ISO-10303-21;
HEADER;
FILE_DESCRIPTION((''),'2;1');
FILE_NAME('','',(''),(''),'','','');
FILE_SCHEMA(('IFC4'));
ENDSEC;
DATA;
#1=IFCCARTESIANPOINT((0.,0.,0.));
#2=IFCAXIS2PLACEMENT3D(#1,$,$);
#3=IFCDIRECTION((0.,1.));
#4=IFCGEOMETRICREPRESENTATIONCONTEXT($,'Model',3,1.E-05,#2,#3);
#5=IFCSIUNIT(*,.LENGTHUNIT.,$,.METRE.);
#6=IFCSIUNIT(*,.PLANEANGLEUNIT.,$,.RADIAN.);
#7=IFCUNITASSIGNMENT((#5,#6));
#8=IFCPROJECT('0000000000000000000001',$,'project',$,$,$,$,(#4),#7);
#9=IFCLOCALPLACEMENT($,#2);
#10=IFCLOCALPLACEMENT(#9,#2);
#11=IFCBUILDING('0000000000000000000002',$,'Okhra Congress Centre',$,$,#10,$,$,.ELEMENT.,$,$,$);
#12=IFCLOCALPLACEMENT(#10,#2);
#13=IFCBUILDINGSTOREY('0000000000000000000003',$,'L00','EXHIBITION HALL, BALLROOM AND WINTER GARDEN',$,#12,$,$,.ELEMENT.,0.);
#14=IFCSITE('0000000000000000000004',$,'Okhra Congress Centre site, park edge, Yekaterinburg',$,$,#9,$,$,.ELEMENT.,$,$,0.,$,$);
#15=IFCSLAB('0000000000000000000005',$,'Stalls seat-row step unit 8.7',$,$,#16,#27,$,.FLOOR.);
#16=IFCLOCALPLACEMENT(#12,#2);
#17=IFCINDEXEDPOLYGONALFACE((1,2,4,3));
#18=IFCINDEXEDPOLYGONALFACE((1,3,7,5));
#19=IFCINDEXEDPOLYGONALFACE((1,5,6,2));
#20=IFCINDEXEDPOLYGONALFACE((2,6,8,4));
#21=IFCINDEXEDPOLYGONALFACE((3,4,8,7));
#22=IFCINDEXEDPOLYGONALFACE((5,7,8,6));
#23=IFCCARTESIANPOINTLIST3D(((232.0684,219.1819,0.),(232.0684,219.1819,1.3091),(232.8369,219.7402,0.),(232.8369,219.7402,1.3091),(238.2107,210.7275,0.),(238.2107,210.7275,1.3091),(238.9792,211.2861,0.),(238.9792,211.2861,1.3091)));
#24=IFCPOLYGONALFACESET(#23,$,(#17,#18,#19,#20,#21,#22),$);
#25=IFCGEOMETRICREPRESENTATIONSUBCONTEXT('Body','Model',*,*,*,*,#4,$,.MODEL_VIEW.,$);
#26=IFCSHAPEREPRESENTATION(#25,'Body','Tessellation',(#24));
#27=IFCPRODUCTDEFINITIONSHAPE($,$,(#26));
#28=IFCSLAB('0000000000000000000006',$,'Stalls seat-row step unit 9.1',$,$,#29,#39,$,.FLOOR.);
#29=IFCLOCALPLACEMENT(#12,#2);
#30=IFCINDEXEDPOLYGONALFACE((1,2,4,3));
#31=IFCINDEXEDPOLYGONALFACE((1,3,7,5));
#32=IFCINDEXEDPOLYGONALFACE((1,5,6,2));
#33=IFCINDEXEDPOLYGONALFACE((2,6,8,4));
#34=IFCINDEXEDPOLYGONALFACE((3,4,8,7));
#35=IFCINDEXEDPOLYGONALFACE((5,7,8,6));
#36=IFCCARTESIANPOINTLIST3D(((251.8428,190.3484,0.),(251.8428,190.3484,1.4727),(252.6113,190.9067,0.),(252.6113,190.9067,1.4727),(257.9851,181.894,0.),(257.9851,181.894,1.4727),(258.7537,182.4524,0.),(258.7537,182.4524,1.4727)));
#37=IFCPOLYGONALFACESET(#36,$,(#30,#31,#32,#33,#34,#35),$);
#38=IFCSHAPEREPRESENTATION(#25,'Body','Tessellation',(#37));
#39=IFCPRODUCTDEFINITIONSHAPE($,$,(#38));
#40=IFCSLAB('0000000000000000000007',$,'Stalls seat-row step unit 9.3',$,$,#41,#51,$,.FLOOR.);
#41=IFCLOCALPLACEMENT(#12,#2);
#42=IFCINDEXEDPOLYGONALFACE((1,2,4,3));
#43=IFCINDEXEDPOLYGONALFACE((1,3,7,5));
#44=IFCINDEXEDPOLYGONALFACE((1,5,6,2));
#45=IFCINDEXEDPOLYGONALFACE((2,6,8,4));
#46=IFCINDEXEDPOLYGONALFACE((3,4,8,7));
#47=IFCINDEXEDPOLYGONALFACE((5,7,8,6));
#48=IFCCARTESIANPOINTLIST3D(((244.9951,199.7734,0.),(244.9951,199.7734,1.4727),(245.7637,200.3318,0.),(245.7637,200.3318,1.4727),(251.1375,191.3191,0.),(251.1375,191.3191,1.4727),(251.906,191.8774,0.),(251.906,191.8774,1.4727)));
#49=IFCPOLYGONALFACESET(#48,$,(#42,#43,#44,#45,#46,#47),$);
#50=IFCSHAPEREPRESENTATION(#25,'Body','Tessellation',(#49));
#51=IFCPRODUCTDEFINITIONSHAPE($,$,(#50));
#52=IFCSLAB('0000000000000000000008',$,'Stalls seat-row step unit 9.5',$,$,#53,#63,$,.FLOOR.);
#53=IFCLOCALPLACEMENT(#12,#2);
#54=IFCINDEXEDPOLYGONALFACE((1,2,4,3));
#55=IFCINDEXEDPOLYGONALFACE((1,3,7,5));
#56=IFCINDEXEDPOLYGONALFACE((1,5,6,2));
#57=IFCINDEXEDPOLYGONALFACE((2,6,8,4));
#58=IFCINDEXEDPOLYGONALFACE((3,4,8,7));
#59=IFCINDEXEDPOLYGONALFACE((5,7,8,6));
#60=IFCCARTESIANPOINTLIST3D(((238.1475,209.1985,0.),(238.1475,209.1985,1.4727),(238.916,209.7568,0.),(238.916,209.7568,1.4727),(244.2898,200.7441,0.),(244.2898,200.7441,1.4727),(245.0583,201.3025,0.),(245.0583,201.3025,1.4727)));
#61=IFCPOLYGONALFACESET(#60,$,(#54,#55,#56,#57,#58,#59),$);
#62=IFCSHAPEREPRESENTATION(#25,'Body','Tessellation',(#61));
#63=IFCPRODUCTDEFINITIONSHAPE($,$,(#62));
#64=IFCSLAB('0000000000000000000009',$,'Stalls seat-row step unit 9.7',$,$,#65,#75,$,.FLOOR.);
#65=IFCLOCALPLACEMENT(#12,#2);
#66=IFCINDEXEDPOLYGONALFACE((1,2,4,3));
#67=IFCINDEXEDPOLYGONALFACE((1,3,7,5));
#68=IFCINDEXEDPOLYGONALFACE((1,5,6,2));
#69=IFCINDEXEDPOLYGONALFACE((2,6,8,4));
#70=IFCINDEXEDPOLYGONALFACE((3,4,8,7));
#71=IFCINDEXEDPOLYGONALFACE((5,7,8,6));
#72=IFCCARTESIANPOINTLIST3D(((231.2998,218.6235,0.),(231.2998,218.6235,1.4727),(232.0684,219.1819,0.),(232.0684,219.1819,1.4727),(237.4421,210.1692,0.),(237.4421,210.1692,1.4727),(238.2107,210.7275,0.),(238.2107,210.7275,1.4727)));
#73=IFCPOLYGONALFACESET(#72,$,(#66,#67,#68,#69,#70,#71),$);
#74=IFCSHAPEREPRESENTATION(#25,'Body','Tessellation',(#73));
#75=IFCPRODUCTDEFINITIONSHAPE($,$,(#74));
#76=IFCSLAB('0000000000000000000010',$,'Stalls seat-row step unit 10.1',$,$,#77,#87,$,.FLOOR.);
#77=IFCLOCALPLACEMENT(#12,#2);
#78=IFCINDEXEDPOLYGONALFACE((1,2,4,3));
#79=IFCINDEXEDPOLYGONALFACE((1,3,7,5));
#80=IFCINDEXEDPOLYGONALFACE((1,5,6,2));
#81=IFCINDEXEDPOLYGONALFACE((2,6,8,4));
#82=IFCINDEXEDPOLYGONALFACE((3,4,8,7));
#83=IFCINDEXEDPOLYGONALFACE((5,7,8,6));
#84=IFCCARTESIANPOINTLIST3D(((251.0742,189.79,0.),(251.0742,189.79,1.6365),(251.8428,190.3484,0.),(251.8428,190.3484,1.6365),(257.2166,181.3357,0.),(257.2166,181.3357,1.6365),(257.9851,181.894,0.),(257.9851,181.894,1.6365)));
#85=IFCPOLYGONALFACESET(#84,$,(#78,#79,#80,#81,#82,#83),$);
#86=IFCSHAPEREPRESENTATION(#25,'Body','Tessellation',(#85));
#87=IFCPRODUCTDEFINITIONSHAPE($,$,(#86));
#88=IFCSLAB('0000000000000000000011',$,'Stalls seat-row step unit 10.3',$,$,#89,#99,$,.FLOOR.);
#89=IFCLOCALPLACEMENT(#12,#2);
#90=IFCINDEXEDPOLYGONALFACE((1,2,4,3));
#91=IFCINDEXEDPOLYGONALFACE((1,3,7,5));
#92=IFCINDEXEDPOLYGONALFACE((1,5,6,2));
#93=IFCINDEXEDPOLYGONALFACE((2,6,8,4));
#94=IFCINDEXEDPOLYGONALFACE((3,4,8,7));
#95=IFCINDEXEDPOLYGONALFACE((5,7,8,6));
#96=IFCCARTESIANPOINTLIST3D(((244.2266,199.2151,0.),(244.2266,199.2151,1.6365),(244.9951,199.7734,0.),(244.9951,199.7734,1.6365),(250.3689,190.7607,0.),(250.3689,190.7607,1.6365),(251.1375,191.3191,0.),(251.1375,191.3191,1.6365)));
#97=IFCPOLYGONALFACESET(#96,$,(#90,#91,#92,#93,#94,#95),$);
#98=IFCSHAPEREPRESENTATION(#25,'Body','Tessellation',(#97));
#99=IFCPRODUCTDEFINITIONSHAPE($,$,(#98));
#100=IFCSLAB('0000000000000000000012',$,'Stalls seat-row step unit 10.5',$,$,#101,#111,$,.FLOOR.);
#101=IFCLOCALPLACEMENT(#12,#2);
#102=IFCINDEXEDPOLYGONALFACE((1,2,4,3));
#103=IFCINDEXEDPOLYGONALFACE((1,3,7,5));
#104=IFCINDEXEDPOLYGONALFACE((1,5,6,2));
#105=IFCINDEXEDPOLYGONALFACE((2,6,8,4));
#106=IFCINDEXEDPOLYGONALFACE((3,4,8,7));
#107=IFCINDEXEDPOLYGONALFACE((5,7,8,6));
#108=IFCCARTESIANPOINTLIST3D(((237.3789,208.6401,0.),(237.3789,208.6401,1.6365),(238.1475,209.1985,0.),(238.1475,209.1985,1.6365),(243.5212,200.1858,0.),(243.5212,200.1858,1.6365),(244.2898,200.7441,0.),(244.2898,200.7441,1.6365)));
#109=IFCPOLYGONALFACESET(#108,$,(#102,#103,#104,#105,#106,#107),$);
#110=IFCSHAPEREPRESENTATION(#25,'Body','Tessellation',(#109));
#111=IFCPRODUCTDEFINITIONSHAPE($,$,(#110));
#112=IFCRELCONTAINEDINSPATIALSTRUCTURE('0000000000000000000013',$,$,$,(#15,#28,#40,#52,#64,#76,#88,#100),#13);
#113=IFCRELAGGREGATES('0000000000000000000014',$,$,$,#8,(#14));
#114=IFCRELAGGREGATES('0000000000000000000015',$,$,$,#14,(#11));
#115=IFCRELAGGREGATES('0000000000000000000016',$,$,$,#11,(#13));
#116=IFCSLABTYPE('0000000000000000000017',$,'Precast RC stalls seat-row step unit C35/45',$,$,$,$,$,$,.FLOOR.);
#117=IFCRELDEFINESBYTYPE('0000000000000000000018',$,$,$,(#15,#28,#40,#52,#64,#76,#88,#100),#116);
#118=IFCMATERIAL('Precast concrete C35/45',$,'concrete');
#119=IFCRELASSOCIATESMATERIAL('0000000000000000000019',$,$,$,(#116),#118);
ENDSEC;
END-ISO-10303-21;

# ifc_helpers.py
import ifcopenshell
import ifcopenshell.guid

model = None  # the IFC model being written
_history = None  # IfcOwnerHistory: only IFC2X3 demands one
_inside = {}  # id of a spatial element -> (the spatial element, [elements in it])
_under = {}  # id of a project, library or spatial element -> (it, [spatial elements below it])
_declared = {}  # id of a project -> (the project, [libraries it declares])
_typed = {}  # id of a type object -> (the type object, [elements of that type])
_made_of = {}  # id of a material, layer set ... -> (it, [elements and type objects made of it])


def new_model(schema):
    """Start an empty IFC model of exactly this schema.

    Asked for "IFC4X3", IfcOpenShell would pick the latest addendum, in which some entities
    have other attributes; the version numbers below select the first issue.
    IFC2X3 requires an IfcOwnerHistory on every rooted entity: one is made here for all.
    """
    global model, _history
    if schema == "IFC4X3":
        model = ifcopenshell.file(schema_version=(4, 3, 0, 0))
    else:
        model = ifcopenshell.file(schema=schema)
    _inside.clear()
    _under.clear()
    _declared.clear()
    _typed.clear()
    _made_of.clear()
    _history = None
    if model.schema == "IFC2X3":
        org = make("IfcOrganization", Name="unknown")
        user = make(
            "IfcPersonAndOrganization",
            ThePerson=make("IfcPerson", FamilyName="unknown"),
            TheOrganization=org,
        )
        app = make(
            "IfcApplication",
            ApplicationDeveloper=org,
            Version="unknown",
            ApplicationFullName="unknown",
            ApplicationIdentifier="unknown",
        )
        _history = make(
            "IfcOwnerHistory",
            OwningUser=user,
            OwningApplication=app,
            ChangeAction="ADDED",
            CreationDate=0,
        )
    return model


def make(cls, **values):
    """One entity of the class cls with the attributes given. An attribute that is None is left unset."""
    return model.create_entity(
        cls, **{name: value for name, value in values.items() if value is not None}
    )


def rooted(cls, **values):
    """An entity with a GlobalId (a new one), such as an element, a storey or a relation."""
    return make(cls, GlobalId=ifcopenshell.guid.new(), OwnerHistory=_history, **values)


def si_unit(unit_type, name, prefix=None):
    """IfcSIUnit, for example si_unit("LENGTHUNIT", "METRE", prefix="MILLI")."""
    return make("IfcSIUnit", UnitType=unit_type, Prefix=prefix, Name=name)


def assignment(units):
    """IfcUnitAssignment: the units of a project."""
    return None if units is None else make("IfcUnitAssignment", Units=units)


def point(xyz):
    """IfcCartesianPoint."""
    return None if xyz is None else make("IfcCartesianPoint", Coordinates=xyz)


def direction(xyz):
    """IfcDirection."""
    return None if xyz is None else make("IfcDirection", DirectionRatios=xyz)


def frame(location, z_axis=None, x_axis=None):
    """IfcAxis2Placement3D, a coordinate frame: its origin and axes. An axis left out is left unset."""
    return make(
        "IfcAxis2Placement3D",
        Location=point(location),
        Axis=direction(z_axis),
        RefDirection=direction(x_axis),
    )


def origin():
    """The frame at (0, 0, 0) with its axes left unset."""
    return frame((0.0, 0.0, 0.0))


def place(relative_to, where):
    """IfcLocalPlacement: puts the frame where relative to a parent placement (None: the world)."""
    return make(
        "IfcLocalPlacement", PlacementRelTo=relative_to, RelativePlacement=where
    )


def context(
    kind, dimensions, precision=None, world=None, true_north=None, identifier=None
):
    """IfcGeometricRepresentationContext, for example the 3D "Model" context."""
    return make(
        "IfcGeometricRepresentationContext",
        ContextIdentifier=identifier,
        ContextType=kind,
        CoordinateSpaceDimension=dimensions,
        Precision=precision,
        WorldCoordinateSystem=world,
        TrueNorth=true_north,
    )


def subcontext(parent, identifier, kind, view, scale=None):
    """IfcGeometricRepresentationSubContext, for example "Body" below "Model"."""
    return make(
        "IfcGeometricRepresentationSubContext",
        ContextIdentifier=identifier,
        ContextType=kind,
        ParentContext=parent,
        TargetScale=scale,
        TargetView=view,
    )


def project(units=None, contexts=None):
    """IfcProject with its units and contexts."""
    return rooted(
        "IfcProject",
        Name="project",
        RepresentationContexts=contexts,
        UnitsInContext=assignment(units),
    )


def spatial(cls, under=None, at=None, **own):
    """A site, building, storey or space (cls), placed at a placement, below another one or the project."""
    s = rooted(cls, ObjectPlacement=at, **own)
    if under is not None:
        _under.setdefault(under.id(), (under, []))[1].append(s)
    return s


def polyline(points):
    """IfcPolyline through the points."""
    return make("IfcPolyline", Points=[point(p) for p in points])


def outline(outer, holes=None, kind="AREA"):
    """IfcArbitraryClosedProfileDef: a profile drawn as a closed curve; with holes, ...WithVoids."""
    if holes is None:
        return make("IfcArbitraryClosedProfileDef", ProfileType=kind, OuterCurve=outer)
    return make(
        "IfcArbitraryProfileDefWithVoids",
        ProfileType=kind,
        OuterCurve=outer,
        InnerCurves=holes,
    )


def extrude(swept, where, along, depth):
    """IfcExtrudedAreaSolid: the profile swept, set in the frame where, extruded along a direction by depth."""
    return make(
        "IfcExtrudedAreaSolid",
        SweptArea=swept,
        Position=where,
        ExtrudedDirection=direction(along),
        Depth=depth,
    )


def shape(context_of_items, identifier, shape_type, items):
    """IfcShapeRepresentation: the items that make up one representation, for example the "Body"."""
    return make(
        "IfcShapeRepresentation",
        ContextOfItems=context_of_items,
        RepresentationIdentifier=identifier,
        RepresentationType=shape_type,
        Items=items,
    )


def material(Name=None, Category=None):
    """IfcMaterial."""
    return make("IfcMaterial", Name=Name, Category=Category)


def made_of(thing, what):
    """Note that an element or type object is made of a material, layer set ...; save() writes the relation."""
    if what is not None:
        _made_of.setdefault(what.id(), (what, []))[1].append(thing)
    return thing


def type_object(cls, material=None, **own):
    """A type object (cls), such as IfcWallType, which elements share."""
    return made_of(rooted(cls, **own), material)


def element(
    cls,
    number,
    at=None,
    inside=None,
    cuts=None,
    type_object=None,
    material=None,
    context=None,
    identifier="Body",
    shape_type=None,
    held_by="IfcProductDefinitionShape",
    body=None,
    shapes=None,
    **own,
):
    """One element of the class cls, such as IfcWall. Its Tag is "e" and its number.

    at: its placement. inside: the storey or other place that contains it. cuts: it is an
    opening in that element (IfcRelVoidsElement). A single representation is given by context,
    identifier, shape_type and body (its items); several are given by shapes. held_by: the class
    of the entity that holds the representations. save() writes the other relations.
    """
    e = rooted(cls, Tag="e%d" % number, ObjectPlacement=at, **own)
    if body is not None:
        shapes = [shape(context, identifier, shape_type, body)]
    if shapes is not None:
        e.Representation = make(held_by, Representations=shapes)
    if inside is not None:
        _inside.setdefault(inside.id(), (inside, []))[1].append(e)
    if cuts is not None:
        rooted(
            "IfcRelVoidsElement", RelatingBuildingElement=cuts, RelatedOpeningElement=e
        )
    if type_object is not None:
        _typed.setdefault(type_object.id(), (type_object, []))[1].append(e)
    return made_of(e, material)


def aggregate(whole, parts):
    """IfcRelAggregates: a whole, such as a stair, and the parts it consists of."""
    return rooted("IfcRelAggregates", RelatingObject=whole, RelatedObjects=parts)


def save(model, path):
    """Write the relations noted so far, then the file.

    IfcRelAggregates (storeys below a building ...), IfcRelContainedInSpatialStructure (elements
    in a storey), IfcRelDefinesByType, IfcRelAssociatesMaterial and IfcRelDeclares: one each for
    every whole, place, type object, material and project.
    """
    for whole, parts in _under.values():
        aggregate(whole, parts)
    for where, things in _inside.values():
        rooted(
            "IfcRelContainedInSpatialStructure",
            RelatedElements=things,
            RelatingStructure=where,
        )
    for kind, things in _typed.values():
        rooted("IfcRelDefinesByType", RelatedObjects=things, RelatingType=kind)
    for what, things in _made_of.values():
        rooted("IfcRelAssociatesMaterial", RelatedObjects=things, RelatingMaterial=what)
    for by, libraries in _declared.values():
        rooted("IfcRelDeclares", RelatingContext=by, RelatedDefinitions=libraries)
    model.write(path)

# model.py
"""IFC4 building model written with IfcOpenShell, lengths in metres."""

from ifc_helpers import new_model, si_unit, direction, origin, place, context, subcontext, project, spatial, polyline, outline, extrude, material, type_object, element, save


model = new_model("IFC4")

# Units and contexts
model_context = context("Model", 3, precision=1e-05, world=origin(), true_north=direction((0.0, 1.0)))
body_context = subcontext(model_context, "Body", "Model", "MODEL_VIEW")
ifc_project = project(units=[si_unit("LENGTHUNIT", "METRE"), si_unit("PLANEANGLEUNIT", "RADIAN")], contexts=[model_context])

# Site, building, storey
site_placement = place(None, origin())
site = spatial("IfcSite", under=ifc_project, at=site_placement, Name="Okhra Congress Centre site, park edge, Yekaterinburg", CompositionType="ELEMENT", RefElevation=0.0)
building_placement = place(site_placement, origin())
building = spatial("IfcBuilding", under=site, at=building_placement, Name="Okhra Congress Centre", CompositionType="ELEMENT")
storey_placement = place(building_placement, origin())
storey = spatial("IfcBuildingStorey", under=building, at=storey_placement, Name="L00", Description="EXHIBITION HALL, BALLROOM AND WINTER GARDEN", CompositionType="ELEMENT", Elevation=0.0)

# Slabs
ifc_material_1 = material(Name="Precast concrete C35/45", Category="concrete")
slab_type_1 = type_object("IfcSlabType", Name="Precast RC stalls seat-row step unit C35/45", PredefinedType="FLOOR", material=ifc_material_1)
slab_1_placement = place(storey_placement, origin())
element("IfcSlab", 1, at=slab_1_placement, inside=storey, type_object=slab_type_1, Name="Stalls seat-row step unit 8.7", PredefinedType="FLOOR", context=body_context, shape_type="SweptSolid", body=[
    extrude(outline(polyline([(238.2107, 210.7275), (238.9792, 211.2861), (232.8369, 219.7402), (232.0684, 219.1819), (238.2107, 210.7275)])), origin(), (0.0, 0.0, 1.0), 1.3091),
])
slab_2_placement = place(storey_placement, origin())
element("IfcSlab", 2, at=slab_2_placement, inside=storey, type_object=slab_type_1, Name="Stalls seat-row step unit 9.1", PredefinedType="FLOOR", context=body_context, shape_type="SweptSolid", body=[
    extrude(outline(polyline([(257.9851, 181.894), (258.7537, 182.4524), (252.6113, 190.9067), (251.8428, 190.3484), (257.9851, 181.894)])), origin(), (0.0, 0.0, 1.0), 1.4727),
])
slab_3_placement = place(storey_placement, origin())
element("IfcSlab", 3, at=slab_3_placement, inside=storey, type_object=slab_type_1, Name="Stalls seat-row step unit 9.3", PredefinedType="FLOOR", context=body_context, shape_type="SweptSolid", body=[
    extrude(outline(polyline([(251.1375, 191.3191), (251.906, 191.8774), (245.7637, 200.3318), (244.9951, 199.7734), (251.1375, 191.3191)])), origin(), (0.0, 0.0, 1.0), 1.4727),
])
slab_4_placement = place(storey_placement, origin())
element("IfcSlab", 4, at=slab_4_placement, inside=storey, type_object=slab_type_1, Name="Stalls seat-row step unit 9.5", PredefinedType="FLOOR", context=body_context, shape_type="SweptSolid", body=[
    extrude(outline(polyline([(244.2898, 200.7441), (245.0583, 201.3025), (238.916, 209.7568), (238.1475, 209.1985), (244.2898, 200.7441)])), origin(), (0.0, 0.0, 1.0), 1.4727),
])
slab_5_placement = place(storey_placement, origin())
element("IfcSlab", 5, at=slab_5_placement, inside=storey, type_object=slab_type_1, Name="Stalls seat-row step unit 9.7", PredefinedType="FLOOR", context=body_context, shape_type="SweptSolid", body=[
    extrude(outline(polyline([(237.4421, 210.1692), (238.2107, 210.7275), (232.0684, 219.1819), (231.2998, 218.6235), (237.4421, 210.1692)])), origin(), (0.0, 0.0, 1.0), 1.4727),
])
slab_6_placement = place(storey_placement, origin())
element("IfcSlab", 6, at=slab_6_placement, inside=storey, type_object=slab_type_1, Name="Stalls seat-row step unit 10.1", PredefinedType="FLOOR", context=body_context, shape_type="SweptSolid", body=[
    extrude(outline(polyline([(257.2166, 181.3357), (257.9851, 181.894), (251.8428, 190.3484), (251.0742, 189.79), (257.2166, 181.3357)])), origin(), (0.0, 0.0, 1.0), 1.6365),
])
slab_7_placement = place(storey_placement, origin())
element("IfcSlab", 7, at=slab_7_placement, inside=storey, type_object=slab_type_1, Name="Stalls seat-row step unit 10.3", PredefinedType="FLOOR", context=body_context, shape_type="SweptSolid", body=[
    extrude(outline(polyline([(250.3689, 190.7607), (251.1375, 191.3191), (244.9951, 199.7734), (244.2266, 199.2151), (250.3689, 190.7607)])), origin(), (0.0, 0.0, 1.0), 1.6365),
])
slab_8_placement = place(storey_placement, origin())
element("IfcSlab", 8, at=slab_8_placement, inside=storey, type_object=slab_type_1, Name="Stalls seat-row step unit 10.5", PredefinedType="FLOOR", context=body_context, shape_type="SweptSolid", body=[
    extrude(outline(polyline([(243.5212, 200.1858), (244.2898, 200.7441), (238.1475, 209.1985), (237.3789, 208.6401), (243.5212, 200.1858)])), origin(), (0.0, 0.0, 1.0), 1.6365),
])

save(model, "model.ifc")
